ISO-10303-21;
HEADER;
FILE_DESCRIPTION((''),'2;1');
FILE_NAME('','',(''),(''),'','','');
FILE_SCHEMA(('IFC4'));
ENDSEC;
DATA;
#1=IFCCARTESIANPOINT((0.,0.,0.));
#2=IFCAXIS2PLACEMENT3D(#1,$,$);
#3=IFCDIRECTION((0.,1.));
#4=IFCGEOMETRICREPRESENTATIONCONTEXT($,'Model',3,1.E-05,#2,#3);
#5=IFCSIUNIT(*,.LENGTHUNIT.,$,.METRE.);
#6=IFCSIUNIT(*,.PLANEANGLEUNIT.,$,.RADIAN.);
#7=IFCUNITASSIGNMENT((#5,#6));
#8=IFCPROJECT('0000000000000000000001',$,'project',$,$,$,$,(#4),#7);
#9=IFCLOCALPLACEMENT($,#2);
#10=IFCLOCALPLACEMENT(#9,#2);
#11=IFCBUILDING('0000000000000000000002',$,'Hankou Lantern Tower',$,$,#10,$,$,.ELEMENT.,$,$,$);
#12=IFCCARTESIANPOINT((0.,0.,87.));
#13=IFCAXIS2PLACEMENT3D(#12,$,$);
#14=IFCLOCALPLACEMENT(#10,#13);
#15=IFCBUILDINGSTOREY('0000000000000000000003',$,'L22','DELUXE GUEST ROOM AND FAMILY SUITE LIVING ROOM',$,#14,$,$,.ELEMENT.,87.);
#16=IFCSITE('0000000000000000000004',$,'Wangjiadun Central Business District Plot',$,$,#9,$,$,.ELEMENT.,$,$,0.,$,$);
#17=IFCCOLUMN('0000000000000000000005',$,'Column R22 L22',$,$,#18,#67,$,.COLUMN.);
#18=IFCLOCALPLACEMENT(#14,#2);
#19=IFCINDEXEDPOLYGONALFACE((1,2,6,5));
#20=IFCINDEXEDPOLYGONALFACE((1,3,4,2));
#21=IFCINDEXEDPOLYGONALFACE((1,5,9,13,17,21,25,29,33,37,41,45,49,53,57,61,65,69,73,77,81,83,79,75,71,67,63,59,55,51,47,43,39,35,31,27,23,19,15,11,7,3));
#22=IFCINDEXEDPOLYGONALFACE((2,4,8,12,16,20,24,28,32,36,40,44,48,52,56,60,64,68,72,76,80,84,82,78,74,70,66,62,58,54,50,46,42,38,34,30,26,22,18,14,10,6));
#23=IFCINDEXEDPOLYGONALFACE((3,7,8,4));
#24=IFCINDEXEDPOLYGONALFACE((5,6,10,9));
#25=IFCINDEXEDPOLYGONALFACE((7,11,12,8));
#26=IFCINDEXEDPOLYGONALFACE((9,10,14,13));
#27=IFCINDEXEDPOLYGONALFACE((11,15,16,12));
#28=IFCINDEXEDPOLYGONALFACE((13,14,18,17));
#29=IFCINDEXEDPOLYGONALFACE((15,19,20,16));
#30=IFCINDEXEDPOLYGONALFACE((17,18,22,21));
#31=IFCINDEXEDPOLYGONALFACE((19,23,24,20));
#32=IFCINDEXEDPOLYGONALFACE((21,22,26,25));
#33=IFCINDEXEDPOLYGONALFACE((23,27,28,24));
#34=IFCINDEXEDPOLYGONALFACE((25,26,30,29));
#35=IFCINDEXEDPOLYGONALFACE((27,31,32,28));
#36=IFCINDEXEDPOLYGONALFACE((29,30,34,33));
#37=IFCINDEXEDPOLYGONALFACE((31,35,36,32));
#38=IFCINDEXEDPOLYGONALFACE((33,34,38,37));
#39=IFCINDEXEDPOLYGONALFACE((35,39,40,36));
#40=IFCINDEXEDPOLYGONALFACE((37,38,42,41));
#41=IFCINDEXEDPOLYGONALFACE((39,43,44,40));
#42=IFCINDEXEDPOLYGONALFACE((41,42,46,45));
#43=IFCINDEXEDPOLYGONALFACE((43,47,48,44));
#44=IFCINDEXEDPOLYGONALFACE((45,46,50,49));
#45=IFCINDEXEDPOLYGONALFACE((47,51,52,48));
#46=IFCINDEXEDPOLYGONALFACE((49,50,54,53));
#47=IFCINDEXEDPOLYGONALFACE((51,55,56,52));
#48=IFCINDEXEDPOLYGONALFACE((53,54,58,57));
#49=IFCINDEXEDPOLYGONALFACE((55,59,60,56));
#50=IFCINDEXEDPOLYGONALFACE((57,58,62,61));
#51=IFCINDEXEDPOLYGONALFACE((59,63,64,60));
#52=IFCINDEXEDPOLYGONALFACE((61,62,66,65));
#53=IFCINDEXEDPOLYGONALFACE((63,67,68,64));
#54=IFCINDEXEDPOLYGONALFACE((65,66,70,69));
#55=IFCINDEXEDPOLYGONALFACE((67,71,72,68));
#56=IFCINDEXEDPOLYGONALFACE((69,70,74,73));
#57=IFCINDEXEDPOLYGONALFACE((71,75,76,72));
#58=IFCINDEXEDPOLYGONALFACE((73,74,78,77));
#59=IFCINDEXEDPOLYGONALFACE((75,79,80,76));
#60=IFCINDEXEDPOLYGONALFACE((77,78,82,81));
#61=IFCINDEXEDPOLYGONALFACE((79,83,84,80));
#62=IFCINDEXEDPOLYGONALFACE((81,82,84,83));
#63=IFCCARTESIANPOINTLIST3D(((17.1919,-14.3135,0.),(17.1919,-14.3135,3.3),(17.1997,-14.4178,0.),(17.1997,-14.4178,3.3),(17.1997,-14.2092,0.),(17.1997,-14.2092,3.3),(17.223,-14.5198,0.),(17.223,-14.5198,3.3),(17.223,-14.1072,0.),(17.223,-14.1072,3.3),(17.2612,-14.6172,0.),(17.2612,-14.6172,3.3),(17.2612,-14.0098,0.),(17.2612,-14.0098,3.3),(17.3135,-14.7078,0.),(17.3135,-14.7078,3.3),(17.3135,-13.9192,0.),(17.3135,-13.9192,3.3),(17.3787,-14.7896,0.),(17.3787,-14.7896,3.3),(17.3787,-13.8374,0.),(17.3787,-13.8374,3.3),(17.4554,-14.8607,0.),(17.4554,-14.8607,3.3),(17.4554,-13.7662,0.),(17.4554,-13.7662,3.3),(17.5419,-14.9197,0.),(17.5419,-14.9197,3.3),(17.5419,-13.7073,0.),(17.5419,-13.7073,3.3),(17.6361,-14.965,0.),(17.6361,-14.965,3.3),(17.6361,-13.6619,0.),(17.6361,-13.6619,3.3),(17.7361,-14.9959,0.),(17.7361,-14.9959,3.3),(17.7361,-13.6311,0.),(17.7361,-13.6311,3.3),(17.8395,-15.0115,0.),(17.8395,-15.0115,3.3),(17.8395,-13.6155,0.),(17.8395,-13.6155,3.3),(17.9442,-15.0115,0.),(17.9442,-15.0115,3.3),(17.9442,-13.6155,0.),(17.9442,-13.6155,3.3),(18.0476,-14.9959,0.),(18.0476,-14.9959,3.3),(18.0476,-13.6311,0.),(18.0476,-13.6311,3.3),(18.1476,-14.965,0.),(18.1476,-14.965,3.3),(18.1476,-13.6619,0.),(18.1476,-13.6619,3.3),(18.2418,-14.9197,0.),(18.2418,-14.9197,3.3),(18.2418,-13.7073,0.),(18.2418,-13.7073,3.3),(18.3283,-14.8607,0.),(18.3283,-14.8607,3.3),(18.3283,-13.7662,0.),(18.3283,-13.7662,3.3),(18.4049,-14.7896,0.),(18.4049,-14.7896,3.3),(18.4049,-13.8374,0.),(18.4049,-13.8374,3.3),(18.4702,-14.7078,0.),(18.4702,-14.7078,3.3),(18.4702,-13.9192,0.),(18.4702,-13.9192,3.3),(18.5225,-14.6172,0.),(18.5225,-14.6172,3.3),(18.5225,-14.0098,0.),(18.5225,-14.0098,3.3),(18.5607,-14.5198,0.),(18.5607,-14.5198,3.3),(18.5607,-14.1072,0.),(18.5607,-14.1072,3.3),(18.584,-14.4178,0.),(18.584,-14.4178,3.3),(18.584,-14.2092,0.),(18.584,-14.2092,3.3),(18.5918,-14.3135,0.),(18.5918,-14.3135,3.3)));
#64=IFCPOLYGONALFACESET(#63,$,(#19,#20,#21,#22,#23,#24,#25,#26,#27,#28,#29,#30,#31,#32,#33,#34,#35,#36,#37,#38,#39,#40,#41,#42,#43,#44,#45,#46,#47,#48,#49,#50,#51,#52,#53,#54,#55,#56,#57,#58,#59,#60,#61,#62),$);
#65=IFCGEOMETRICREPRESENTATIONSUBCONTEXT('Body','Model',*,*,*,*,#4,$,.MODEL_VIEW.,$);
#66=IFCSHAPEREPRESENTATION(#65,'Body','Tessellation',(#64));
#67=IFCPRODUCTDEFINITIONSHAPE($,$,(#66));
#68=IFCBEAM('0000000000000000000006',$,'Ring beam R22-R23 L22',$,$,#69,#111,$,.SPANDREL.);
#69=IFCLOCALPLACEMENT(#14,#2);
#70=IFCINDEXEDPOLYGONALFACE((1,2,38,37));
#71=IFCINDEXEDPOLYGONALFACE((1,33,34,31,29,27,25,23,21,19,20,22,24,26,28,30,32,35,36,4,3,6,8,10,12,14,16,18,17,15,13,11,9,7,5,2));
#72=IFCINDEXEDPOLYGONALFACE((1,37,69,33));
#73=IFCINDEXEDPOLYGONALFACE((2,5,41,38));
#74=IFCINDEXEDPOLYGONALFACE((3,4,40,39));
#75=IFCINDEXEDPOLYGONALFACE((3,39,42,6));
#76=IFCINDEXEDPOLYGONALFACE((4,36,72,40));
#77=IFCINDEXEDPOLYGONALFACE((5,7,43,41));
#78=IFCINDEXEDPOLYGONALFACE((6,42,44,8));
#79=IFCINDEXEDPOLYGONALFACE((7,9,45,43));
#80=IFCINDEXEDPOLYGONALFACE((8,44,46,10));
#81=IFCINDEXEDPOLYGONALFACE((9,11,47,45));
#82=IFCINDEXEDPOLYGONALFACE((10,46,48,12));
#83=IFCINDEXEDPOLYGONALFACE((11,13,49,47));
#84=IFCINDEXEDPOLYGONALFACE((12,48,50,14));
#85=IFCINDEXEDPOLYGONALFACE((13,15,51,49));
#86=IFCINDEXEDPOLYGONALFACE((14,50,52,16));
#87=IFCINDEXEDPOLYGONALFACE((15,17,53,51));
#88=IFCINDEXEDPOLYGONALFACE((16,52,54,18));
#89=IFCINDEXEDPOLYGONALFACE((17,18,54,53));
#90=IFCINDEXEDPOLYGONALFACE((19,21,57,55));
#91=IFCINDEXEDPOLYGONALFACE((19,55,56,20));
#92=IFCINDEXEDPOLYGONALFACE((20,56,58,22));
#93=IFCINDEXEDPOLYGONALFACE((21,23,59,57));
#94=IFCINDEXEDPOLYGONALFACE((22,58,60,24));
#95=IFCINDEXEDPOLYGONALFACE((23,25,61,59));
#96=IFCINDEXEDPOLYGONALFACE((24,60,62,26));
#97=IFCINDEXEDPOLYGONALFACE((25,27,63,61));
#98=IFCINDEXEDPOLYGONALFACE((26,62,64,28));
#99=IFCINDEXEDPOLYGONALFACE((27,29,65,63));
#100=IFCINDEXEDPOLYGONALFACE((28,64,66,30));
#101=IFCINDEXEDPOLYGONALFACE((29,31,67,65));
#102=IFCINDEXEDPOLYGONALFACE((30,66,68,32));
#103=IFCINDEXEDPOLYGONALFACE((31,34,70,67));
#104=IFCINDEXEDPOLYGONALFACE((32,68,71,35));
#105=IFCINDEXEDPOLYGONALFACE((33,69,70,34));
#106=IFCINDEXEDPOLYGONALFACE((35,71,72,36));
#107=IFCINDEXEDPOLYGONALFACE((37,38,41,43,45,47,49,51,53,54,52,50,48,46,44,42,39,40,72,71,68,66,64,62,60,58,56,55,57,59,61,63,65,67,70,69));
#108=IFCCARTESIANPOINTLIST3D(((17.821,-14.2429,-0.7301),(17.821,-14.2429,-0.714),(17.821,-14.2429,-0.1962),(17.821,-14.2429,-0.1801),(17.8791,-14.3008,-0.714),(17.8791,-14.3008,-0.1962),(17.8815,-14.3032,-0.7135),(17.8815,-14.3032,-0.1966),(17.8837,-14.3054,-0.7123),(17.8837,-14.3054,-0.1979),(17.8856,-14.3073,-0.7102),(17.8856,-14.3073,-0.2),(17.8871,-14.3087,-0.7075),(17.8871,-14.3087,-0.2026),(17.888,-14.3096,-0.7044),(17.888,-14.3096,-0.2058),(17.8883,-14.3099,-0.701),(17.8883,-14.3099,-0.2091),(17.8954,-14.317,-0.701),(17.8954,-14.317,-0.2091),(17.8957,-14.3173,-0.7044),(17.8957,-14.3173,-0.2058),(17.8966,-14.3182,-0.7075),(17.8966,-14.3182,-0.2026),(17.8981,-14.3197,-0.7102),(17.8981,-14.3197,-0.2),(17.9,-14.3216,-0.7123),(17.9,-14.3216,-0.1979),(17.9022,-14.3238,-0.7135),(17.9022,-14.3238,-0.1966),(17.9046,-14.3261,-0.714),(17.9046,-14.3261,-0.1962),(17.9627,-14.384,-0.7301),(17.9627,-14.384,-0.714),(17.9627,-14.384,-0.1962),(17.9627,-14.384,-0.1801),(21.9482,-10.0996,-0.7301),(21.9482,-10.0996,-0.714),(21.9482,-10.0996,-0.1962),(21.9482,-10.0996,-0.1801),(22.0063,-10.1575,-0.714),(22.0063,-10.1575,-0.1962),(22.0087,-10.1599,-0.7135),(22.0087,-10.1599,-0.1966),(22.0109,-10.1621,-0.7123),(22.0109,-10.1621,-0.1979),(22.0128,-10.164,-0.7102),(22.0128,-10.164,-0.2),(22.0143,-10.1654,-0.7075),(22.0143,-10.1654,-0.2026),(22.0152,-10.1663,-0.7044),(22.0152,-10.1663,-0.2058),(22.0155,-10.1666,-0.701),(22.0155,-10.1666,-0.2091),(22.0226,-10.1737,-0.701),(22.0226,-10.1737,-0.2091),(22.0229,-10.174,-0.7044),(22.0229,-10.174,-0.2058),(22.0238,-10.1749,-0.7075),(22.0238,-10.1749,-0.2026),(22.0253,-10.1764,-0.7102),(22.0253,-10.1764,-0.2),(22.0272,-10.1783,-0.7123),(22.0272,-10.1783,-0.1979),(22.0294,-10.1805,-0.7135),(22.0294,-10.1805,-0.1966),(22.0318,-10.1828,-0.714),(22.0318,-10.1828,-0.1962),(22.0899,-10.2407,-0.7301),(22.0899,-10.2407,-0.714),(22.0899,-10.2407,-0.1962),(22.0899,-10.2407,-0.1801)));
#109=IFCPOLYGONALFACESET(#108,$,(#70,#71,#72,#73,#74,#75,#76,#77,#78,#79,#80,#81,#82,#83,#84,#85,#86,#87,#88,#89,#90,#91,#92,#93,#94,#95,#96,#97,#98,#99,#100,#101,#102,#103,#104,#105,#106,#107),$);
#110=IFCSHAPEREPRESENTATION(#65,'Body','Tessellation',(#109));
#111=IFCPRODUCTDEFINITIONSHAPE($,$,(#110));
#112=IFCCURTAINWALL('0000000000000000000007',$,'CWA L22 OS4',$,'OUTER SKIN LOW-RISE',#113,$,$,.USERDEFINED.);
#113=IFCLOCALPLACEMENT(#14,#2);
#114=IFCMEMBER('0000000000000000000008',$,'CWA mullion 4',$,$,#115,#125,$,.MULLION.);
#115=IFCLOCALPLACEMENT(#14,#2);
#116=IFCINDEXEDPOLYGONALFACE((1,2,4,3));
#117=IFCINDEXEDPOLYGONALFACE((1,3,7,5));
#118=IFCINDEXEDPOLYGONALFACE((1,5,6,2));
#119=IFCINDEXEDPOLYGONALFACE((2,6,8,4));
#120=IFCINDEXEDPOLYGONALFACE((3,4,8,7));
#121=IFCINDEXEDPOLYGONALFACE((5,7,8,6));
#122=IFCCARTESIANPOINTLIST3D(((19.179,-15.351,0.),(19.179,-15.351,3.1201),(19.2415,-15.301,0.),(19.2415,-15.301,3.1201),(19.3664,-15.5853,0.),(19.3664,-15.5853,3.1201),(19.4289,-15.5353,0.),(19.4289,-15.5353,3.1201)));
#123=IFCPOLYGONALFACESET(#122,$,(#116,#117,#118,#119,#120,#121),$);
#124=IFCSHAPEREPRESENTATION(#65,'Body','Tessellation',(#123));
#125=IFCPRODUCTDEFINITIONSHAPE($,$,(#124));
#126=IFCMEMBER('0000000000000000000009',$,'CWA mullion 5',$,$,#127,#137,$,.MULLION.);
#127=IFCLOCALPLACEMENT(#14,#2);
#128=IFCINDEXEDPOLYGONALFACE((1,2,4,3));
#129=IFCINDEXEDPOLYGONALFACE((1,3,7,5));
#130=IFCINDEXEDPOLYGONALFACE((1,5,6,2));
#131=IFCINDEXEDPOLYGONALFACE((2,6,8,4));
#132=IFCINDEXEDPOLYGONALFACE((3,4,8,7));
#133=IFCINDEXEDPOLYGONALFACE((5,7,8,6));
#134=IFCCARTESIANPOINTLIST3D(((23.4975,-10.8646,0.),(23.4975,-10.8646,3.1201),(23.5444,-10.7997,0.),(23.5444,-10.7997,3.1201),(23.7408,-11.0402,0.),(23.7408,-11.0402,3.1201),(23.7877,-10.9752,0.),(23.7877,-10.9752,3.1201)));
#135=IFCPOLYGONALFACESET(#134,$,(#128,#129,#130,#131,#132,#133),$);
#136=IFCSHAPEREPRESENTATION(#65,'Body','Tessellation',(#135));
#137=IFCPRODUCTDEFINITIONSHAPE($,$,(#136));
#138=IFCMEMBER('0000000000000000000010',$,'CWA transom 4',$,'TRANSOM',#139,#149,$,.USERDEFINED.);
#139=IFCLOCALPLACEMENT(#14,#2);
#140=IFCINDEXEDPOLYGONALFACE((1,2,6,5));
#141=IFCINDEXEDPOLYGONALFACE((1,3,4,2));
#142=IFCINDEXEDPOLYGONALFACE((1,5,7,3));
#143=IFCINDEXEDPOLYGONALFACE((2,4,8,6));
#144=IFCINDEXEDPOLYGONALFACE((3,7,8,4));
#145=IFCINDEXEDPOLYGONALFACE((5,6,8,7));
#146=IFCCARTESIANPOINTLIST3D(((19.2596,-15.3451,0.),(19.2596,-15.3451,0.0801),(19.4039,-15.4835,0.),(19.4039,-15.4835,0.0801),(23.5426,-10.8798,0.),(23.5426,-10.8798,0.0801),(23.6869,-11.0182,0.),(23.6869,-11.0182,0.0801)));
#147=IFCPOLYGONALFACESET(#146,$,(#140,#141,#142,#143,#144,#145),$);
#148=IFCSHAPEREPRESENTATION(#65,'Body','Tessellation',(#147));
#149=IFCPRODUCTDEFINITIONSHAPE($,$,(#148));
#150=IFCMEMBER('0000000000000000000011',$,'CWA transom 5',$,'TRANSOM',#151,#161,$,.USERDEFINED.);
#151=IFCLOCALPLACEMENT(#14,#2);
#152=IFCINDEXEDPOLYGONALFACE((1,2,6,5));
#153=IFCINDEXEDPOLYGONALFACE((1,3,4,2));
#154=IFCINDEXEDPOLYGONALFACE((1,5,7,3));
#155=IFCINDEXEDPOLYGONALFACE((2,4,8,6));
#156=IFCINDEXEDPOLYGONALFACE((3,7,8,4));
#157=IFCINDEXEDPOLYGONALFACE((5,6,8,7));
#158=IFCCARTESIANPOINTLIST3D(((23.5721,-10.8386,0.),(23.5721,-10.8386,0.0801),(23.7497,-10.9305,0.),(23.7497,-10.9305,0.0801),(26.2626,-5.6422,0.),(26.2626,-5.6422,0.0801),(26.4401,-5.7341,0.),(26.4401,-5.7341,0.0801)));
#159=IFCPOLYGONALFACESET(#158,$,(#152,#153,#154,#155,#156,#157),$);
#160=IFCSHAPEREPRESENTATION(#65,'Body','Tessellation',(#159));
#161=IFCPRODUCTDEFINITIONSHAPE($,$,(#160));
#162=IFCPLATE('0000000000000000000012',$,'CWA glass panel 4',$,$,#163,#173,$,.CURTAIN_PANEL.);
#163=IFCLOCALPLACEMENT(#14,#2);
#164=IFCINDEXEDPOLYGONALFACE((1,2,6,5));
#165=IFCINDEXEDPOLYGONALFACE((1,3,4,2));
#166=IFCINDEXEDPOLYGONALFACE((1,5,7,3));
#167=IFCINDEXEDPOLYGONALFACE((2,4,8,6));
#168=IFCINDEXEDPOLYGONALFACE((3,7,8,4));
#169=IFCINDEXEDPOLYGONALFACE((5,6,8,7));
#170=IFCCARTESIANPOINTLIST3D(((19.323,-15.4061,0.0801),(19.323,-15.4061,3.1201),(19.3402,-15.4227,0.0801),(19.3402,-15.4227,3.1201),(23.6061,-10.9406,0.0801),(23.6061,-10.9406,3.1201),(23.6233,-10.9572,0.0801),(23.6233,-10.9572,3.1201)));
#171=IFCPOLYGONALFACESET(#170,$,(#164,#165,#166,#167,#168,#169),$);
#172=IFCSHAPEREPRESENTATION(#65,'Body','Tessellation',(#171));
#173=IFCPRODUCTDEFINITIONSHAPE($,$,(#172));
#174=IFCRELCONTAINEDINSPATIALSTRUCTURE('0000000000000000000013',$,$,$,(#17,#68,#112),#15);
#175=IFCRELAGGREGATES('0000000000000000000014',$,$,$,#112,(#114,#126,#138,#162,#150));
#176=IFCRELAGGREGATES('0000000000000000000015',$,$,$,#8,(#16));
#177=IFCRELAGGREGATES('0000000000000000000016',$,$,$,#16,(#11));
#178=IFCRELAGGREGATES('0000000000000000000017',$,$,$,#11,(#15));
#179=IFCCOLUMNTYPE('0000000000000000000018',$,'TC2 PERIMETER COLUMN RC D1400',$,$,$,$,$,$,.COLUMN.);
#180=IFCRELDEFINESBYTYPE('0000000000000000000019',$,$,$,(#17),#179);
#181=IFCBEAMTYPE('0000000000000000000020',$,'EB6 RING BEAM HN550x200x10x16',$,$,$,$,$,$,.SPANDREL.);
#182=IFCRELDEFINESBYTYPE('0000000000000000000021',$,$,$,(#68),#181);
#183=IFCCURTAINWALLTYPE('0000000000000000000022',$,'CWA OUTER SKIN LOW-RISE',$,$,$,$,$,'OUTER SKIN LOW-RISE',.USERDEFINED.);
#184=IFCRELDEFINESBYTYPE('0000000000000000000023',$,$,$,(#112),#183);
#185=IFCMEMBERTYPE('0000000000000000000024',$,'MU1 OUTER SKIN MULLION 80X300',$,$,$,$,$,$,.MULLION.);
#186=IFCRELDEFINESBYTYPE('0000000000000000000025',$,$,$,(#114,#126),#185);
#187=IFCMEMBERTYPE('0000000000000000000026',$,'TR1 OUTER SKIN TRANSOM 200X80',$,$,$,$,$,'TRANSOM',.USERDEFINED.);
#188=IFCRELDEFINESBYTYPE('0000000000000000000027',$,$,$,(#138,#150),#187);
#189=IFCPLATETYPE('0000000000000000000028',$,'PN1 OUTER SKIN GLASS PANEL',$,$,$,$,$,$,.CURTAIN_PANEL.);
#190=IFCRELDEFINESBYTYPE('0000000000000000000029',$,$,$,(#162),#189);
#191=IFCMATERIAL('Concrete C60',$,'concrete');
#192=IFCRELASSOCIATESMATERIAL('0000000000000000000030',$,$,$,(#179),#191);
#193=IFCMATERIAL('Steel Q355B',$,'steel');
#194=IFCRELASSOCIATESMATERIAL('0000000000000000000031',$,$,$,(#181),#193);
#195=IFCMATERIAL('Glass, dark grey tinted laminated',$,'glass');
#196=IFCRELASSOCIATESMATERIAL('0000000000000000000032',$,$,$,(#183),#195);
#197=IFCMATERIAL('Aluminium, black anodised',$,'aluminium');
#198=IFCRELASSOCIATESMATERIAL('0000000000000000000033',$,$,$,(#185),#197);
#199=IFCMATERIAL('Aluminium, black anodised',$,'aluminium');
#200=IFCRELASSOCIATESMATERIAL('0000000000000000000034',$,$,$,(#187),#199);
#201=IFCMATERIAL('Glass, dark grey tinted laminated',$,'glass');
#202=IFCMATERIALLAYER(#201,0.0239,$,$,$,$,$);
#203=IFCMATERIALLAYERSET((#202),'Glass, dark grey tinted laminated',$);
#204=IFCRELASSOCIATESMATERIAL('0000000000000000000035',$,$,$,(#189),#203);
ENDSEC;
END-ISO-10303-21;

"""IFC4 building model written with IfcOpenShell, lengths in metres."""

from ifc_helpers import new_model, si_unit, direction, frame, origin, origin_2d, place, context, subcontext, project, spatial, rectangle, circle, i_section, extrude, material, layer, layer_set, material_profile, profile_set, type_object, element, aggregate, save


model = new_model("IFC4")

# Units and contexts
model_context = context("Model", 3, precision=1e-05, world=origin(), true_north=direction((0.0, 1.0)))
body_context = subcontext(model_context, "Body", "Model", "MODEL_VIEW")
ifc_project = project(units=[si_unit("LENGTHUNIT", "METRE"), si_unit("PLANEANGLEUNIT", "RADIAN")], contexts=[model_context])

# Site, building, storey
site_placement = place(None, origin())
site = spatial("IfcSite", under=ifc_project, at=site_placement, Name="Wangjiadun Central Business District Plot", CompositionType="ELEMENT", RefElevation=0.0)
building_placement = place(site_placement, origin())
building = spatial("IfcBuilding", under=site, at=building_placement, Name="Hankou Lantern Tower", CompositionType="ELEMENT")
storey_placement = place(building_placement, frame((0.0, 0.0, 87.0)))
storey = spatial("IfcBuildingStorey", under=building, at=storey_placement, Name="L22", Description="DELUXE GUEST ROOM AND FAMILY SUITE LIVING ROOM", CompositionType="ELEMENT", Elevation=87.0)

# Column
ifc_material_1 = material(Name="Concrete C60", Category="concrete")
ifc_material_profile_1 = material_profile(ifc_material_1, circle(Radius=0.7, at=origin_2d()), Name="RC D1400")
ifc_profile_set_1 = profile_set([ifc_material_profile_1], Name="Concrete C60")
column_type = type_object("IfcColumnType", Name="TC2 PERIMETER COLUMN RC D1400", PredefinedType="COLUMN", material=ifc_profile_set_1)
column_placement = place(storey_placement, frame((17.8918, -14.3135, 0.0), z_axis=(0.0, 0.0, 1.0), x_axis=(1.0, 0.0, 0.0)))
element("IfcColumn", 1, at=column_placement, inside=storey, type_object=column_type, Name="Column R22 L22", PredefinedType="COLUMN", context=body_context, shape_type="SweptSolid", body=[
    extrude(circle(Radius=0.7, at=origin_2d()), origin(), (0.0, 0.0, 1.0), 3.3),
])

# Beam
ifc_material_2 = material(Name="Steel Q355B", Category="steel")
ifc_material_profile_2 = material_profile(ifc_material_2, i_section(OverallWidth=0.2, OverallDepth=0.55, WebThickness=0.01, FlangeThickness=0.0161, FilletRadius=0.0129, at=origin_2d()), Name="HN550x200x10x16")
ifc_profile_set_2 = profile_set([ifc_material_profile_2], Name="Steel Q355B")
beam_type = type_object("IfcBeamType", Name="EB6 RING BEAM HN550x200x10x16", PredefinedType="SPANDREL", material=ifc_profile_set_2)
beam_placement = place(storey_placement, frame((17.8918, -14.3135, -0.4551), z_axis=(0.705728, 0.708483, 0.0), x_axis=(-0.708483, 0.705728, 0.0)))
element("IfcBeam", 2, at=beam_placement, inside=storey, type_object=beam_type, Name="Ring beam R22-R23 L22", PredefinedType="SPANDREL", context=body_context, shape_type="SweptSolid", body=[
    extrude(i_section(OverallWidth=0.2, OverallDepth=0.55, WebThickness=0.01, FlangeThickness=0.0161, FilletRadius=0.0129, at=origin_2d()), origin(), (0.0, 0.0, 1.0), 5.8481),
])

# Curtain wall, members, plate
ifc_material_3 = material(Name="Glass, dark grey tinted laminated", Category="glass")
curtain_wall_type = type_object("IfcCurtainWallType", Name="CWA OUTER SKIN LOW-RISE", ElementType="OUTER SKIN LOW-RISE", PredefinedType="USERDEFINED", material=ifc_material_3)
curtain_wall_placement = place(storey_placement, origin())
curtain_wall = element("IfcCurtainWall", 3, at=curtain_wall_placement, inside=storey, type_object=curtain_wall_type, Name="CWA L22 OS4", ObjectType="OUTER SKIN LOW-RISE", PredefinedType="USERDEFINED")
ifc_material_4 = material(Name="Aluminium, black anodised", Category="aluminium")
ifc_material_profile_3 = material_profile(ifc_material_4, rectangle(XDim=0.0801, YDim=0.3, at=origin_2d()), Name="MU1 80X300")
ifc_profile_set_3 = profile_set([ifc_material_profile_3], Name="Aluminium, black anodised")
member_type_1 = type_object("IfcMemberType", Name="MU1 OUTER SKIN MULLION 80X300", PredefinedType="MULLION", material=ifc_profile_set_3)
member_1_placement = place(storey_placement, frame((19.304, -15.4431, 0.0), z_axis=(0.0, 0.0, 1.0), x_axis=(0.780869, 0.624695, 0.0)))
member_1 = element("IfcMember", 4, at=member_1_placement, type_object=member_type_1, Name="CWA mullion 4", PredefinedType="MULLION", context=body_context, shape_type="SweptSolid", body=[
    extrude(rectangle(XDim=0.0801, YDim=0.3, at=origin_2d()), origin(), (0.0, 0.0, 1.0), 3.1201),
])
member_2_placement = place(storey_placement, frame((23.6426, -10.9199, 0.0), z_axis=(0.0, 0.0, 1.0), x_axis=(0.585206, 0.810885, 0.0)))
member_2 = element("IfcMember", 5, at=member_2_placement, type_object=member_type_1, Name="CWA mullion 5", PredefinedType="MULLION", context=body_context, shape_type="SweptSolid", body=[
    extrude(rectangle(XDim=0.0801, YDim=0.3, at=origin_2d()), origin(), (0.0, 0.0, 1.0), 3.1201),
])
ifc_material_5 = material(Name="Aluminium, black anodised", Category="aluminium")
ifc_material_profile_4 = material_profile(ifc_material_5, rectangle(XDim=0.2, YDim=0.0801, at=origin_2d()), Name="TR1 200X80")
ifc_profile_set_4 = profile_set([ifc_material_profile_4], Name="Aluminium, black anodised")
member_type_2 = type_object("IfcMemberType", Name="TR1 OUTER SKIN TRANSOM 200X80", ElementType="TRANSOM", PredefinedType="USERDEFINED", material=ifc_profile_set_4)
member_3_placement = place(storey_placement, frame((19.3318, -15.4143, 0.04), z_axis=(0.692216, 0.721691, 0.0), x_axis=(-0.721691, 0.692216, 0.0)))
member_3 = element("IfcMember", 6, at=member_3_placement, type_object=member_type_2, Name="CWA transom 4", ObjectType="TRANSOM", PredefinedType="USERDEFINED", context=body_context, shape_type="SweptSolid", body=[
    extrude(rectangle(XDim=0.2, YDim=0.0801, at=origin_2d()), origin(), (0.0, 0.0, 1.0), 6.1873),
])
member_4_placement = place(storey_placement, frame((23.6609, -10.8845, 0.04), z_axis=(0.459786, 0.88803, 0.0), x_axis=(-0.88803, 0.459786, 0.0)))
member_4 = element("IfcMember", 7, at=member_4_placement, type_object=member_type_2, Name="CWA transom 5", ObjectType="TRANSOM", PredefinedType="USERDEFINED", context=body_context, shape_type="SweptSolid", body=[
    extrude(rectangle(XDim=0.2, YDim=0.0801, at=origin_2d()), origin(), (0.0, 0.0, 1.0), 5.8516),
])
ifc_material_6 = material(Name="Glass, dark grey tinted laminated", Category="glass")
ifc_layer_1 = layer(ifc_material_6, 0.0239)
ifc_layer_set_1 = layer_set([ifc_layer_1], Name="Glass, dark grey tinted laminated")
plate_type = type_object("IfcPlateType", Name="PN1 OUTER SKIN GLASS PANEL", PredefinedType="CURTAIN_PANEL", material=ifc_layer_set_1)
plate_placement = place(storey_placement, frame((21.4731, -13.1816, 0.0801), z_axis=(0.0, 0.0, 1.0), x_axis=(0.692216, 0.721691, 0.0)))
plate = element("IfcPlate", 8, at=plate_placement, type_object=plate_type, Name="CWA glass panel 4", PredefinedType="CURTAIN_PANEL", context=body_context, shape_type="SweptSolid", body=[
    extrude(rectangle(XDim=6.1875, YDim=0.0239, at=origin_2d()), origin(), (0.0, 0.0, 1.0), 3.04),
])
aggregate(curtain_wall, [member_1, member_2, member_3, plate, member_4])

save(model, "model.ifc")
